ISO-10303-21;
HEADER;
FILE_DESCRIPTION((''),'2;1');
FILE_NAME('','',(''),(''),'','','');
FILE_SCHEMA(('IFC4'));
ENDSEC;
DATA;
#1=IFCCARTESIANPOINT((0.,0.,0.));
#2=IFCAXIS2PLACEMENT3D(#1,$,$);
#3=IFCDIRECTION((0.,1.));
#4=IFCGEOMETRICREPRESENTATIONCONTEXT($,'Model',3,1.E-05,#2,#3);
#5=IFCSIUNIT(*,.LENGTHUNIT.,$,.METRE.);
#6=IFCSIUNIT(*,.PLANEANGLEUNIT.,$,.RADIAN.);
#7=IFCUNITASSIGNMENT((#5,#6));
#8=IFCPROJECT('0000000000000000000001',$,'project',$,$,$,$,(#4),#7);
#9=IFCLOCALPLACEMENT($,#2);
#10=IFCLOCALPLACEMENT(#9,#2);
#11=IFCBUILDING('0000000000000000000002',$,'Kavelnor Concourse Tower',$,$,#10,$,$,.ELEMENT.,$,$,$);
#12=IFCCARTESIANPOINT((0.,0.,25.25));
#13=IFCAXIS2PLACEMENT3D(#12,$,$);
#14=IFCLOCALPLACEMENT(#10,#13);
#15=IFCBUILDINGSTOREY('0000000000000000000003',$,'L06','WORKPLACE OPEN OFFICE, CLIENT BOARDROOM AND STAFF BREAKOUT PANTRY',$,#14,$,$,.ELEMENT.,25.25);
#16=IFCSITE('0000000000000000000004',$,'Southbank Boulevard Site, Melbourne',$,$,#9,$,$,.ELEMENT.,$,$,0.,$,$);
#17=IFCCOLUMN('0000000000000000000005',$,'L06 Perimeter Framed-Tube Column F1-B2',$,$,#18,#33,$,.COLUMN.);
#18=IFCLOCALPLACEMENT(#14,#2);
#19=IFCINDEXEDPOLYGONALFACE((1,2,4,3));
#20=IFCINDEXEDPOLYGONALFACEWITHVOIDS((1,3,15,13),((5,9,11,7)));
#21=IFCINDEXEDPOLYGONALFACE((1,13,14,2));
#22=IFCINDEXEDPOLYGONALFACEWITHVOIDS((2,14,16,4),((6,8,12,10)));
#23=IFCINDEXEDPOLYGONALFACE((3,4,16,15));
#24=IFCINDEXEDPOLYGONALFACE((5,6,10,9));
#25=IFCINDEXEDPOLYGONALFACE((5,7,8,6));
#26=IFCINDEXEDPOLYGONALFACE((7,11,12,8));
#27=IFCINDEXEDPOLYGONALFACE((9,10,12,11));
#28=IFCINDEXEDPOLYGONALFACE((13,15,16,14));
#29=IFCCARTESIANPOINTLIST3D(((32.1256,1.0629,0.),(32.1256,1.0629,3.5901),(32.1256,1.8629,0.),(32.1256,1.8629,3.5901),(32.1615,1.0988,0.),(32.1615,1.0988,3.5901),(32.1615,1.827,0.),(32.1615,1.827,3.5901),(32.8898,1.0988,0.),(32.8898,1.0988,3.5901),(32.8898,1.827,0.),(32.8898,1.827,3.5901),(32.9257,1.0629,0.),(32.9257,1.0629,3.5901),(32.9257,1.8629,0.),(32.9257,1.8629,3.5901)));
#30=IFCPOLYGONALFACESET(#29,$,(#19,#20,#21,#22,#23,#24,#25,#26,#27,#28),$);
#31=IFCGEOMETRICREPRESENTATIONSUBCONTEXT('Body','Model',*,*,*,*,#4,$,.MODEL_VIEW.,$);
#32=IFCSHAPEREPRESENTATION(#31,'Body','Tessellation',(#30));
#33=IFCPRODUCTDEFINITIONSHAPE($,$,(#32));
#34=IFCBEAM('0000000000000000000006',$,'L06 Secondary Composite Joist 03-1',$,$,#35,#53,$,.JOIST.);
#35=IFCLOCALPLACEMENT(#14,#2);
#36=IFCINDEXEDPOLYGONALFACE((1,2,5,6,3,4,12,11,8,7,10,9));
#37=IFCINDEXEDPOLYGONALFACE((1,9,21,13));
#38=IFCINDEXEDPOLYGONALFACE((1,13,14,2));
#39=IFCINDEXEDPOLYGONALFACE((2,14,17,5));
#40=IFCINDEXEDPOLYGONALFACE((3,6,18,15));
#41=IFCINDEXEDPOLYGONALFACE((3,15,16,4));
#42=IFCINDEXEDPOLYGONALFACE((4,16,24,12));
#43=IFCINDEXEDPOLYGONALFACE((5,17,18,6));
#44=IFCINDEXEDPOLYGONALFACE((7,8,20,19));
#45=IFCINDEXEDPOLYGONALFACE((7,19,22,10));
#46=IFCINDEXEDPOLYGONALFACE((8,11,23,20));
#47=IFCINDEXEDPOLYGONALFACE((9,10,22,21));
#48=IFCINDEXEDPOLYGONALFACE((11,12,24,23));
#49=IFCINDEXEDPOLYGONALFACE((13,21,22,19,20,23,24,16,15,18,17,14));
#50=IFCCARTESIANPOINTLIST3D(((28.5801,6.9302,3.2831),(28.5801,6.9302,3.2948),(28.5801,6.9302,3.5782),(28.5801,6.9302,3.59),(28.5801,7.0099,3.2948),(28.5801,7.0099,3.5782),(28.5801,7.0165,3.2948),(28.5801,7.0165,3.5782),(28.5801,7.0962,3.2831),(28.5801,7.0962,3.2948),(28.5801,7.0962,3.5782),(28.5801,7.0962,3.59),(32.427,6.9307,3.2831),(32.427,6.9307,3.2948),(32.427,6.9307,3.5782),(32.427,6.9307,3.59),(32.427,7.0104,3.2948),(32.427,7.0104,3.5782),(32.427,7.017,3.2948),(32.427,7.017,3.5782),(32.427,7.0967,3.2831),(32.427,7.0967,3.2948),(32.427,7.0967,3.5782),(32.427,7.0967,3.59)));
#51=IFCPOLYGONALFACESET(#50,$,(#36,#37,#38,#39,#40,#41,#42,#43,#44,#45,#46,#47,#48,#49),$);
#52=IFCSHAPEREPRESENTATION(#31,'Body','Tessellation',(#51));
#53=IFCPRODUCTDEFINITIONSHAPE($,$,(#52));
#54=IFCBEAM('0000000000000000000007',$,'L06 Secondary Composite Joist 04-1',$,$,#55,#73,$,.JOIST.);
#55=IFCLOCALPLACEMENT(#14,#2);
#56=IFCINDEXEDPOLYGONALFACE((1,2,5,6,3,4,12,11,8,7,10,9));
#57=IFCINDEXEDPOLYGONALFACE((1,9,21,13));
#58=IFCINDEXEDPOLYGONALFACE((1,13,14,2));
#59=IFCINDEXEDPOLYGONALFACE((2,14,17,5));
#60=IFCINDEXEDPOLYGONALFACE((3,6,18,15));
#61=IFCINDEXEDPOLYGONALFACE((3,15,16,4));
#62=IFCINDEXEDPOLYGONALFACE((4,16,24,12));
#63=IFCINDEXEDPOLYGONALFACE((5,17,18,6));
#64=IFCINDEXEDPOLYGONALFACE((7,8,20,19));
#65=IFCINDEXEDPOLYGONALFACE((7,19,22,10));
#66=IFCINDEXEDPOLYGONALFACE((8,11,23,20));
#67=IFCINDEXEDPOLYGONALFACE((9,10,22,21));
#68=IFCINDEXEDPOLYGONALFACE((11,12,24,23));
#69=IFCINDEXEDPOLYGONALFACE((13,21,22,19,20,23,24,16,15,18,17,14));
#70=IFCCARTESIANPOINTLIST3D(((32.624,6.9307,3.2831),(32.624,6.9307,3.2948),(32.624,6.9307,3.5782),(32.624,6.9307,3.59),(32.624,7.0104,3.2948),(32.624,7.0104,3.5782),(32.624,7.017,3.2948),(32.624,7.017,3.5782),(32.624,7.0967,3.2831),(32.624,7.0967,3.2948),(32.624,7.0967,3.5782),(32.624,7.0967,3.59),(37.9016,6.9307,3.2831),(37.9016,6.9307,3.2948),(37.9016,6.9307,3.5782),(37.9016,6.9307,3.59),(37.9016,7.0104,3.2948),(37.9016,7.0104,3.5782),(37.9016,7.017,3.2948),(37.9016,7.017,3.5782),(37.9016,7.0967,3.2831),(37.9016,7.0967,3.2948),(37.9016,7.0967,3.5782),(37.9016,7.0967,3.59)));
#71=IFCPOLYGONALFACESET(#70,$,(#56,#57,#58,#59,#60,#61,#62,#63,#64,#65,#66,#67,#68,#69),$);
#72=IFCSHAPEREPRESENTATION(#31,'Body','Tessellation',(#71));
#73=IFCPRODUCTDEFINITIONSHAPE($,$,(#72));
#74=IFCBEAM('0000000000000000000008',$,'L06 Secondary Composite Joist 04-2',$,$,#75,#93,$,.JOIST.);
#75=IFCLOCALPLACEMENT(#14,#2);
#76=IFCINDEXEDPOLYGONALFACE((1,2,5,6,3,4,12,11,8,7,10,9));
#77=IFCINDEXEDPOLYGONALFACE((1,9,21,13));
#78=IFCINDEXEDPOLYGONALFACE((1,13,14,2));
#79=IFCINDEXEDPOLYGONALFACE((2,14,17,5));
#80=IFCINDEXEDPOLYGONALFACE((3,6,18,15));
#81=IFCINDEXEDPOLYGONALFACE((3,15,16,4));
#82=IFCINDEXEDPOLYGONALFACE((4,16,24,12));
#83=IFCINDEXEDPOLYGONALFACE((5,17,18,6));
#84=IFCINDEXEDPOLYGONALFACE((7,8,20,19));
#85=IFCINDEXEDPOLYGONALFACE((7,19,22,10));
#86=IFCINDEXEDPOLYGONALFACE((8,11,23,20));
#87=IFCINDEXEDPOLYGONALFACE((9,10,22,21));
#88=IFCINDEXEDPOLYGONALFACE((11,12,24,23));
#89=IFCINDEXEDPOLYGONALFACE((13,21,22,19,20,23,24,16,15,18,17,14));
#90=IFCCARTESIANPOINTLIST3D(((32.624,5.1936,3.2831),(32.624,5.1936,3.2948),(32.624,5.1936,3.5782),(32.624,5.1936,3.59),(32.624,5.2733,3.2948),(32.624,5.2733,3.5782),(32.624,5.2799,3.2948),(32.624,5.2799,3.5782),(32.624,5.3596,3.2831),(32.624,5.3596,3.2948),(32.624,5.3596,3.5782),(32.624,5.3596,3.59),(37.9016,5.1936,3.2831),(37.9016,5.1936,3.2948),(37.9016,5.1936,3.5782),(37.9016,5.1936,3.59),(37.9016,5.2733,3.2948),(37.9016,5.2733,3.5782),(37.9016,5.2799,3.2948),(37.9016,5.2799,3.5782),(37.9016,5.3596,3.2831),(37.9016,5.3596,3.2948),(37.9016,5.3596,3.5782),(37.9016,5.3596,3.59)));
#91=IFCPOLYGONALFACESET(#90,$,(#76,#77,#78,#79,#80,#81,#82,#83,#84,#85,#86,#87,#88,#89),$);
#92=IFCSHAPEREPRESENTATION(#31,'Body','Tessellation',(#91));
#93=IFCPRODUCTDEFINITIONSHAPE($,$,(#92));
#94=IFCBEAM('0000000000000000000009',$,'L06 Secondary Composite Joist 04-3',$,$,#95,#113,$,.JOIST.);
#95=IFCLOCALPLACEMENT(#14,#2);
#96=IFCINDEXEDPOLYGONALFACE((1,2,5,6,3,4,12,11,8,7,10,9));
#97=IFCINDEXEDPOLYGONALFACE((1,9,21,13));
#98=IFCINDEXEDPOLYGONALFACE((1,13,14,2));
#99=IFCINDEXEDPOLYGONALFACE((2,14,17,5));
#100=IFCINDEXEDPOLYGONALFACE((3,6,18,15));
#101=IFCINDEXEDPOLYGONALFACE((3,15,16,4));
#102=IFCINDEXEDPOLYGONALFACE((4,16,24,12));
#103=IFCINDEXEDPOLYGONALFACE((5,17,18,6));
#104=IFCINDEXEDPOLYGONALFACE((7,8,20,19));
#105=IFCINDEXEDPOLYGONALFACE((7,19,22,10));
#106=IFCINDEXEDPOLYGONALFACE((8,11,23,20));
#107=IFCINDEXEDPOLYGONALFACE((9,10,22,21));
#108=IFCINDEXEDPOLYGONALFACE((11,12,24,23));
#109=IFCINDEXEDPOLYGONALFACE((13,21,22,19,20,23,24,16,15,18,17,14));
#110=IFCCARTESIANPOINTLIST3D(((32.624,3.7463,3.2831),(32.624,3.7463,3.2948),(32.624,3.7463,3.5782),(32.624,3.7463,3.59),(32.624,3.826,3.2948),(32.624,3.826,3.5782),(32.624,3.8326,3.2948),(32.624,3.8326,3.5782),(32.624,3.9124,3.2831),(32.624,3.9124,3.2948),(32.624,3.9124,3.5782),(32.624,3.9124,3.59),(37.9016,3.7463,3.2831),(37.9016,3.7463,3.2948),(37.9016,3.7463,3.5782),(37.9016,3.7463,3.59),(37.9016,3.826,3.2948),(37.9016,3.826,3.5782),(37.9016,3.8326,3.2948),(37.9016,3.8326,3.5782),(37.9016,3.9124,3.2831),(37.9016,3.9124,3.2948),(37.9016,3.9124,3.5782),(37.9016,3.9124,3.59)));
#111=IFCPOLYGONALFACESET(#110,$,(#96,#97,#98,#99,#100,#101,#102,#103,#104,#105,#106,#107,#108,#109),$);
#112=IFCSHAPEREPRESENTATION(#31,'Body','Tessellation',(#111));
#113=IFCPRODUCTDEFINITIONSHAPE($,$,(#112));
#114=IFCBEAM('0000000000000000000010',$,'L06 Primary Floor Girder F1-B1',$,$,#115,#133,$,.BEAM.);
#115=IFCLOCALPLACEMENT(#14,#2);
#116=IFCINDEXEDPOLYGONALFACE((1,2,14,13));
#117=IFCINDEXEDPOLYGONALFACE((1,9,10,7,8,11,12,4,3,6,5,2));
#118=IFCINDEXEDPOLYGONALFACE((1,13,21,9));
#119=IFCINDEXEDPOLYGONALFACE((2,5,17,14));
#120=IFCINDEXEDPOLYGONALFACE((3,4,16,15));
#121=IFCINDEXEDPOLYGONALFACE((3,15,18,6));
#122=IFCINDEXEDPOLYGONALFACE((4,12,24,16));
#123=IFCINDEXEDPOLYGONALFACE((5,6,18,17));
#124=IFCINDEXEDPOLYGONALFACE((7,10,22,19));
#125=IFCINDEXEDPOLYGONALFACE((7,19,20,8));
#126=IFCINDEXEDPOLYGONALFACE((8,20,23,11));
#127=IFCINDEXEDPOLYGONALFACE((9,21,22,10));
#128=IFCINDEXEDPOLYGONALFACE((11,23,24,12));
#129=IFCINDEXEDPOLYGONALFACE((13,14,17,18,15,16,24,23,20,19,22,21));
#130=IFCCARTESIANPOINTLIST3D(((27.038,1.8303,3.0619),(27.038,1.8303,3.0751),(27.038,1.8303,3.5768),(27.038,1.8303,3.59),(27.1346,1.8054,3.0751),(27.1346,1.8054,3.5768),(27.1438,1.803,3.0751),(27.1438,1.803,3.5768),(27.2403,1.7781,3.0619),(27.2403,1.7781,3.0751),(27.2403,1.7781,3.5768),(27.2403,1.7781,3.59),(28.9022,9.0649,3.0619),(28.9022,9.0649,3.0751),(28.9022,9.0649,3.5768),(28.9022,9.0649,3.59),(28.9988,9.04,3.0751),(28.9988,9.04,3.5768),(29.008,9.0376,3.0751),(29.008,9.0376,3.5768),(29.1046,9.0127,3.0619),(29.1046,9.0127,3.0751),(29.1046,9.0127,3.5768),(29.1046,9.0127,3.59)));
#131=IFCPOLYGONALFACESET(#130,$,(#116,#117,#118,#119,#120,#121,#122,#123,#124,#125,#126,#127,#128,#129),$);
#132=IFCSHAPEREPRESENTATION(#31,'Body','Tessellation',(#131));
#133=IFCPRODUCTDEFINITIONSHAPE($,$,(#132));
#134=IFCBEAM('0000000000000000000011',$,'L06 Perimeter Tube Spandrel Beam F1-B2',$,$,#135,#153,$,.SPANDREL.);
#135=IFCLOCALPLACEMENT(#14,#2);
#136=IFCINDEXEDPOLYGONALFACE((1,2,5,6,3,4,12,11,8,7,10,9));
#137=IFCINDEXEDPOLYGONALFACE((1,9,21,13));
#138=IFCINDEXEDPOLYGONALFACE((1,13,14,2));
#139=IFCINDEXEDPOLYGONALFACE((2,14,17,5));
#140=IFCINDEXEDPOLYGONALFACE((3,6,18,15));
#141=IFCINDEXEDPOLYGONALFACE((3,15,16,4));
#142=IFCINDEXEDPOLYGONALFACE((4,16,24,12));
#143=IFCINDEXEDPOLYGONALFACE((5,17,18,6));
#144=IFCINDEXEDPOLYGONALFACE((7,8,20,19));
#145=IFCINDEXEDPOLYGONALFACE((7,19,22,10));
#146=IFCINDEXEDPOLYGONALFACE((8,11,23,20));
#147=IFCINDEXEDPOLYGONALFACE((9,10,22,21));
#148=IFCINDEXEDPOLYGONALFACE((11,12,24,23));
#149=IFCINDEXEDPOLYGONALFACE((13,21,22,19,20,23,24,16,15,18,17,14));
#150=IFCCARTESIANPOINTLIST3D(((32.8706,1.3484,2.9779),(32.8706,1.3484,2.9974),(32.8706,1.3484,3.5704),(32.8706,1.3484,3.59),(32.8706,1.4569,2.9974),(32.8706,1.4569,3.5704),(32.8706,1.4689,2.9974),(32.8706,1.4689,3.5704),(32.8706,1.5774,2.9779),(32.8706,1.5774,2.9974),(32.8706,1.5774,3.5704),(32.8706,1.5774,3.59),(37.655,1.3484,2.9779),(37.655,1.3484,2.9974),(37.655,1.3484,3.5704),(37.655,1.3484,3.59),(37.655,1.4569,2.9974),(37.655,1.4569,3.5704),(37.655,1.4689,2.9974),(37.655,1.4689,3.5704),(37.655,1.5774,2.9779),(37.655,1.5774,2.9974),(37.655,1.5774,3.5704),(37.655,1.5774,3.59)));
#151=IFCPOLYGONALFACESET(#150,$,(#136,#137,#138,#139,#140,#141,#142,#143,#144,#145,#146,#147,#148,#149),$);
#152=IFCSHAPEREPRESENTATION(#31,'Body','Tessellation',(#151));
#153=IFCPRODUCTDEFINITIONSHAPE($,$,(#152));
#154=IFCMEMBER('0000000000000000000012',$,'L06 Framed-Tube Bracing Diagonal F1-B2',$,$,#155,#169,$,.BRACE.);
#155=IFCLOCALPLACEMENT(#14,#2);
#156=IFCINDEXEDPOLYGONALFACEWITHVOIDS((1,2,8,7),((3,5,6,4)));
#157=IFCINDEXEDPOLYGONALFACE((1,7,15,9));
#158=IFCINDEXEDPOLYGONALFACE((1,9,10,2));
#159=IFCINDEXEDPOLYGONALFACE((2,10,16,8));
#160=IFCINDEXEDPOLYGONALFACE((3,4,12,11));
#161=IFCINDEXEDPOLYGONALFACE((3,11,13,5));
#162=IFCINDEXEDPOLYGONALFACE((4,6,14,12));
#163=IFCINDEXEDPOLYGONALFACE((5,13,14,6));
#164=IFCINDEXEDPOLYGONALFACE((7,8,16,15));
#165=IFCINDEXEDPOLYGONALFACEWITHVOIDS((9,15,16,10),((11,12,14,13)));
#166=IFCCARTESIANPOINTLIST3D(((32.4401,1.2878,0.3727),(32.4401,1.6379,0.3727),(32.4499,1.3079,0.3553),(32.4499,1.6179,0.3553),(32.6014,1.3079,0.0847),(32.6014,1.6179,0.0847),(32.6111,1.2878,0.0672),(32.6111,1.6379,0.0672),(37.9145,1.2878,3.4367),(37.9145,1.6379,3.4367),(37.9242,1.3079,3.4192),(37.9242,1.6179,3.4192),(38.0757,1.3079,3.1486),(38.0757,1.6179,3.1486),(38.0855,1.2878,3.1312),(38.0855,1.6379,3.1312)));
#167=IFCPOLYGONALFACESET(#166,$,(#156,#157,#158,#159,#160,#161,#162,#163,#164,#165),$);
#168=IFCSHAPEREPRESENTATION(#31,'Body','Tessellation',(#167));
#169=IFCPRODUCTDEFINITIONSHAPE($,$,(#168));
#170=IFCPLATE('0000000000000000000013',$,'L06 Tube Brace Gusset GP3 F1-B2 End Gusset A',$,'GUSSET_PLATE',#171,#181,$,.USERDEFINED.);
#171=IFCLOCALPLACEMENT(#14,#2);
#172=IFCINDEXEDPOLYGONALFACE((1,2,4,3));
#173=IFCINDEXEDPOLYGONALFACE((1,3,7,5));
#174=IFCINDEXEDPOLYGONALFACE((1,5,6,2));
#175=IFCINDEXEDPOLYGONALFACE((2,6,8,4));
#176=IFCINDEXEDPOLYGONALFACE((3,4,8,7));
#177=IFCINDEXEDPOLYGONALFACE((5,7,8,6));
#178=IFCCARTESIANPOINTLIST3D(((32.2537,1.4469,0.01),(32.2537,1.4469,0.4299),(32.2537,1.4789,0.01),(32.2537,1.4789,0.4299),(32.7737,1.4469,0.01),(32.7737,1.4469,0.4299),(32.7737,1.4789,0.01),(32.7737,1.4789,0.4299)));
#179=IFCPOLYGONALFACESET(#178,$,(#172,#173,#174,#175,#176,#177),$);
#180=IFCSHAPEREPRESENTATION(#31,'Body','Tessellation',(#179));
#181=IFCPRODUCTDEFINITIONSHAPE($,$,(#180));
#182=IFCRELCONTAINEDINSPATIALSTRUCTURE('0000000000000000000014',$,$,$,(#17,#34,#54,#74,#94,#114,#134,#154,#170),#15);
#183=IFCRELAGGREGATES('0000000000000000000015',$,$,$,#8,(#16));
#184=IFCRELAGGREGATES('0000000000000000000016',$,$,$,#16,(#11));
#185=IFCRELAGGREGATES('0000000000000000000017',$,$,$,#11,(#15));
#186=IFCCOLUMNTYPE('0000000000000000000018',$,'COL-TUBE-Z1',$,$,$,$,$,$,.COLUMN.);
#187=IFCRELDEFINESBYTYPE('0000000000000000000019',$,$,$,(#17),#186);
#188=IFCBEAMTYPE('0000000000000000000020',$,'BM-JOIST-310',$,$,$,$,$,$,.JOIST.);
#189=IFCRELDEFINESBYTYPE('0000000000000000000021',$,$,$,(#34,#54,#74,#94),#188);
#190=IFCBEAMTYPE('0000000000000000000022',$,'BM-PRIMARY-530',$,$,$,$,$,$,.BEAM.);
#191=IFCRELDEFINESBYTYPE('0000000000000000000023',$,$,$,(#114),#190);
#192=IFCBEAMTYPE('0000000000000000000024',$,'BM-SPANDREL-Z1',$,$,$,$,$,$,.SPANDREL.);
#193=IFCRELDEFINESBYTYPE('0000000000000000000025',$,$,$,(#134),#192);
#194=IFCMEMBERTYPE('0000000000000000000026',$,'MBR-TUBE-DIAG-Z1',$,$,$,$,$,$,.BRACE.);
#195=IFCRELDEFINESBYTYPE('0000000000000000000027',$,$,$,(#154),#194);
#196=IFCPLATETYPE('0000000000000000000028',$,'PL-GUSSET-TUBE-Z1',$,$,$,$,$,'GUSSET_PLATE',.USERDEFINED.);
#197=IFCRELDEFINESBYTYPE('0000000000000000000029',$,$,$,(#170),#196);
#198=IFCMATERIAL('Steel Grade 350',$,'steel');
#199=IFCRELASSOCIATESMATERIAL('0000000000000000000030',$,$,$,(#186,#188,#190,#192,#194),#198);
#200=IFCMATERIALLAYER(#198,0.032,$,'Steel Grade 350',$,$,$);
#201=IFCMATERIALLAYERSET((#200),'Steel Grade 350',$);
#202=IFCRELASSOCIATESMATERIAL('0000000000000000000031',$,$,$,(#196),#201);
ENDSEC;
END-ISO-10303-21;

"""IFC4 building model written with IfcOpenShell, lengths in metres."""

from ifc_helpers import new_model, si_unit, direction, frame, origin, origin_2d, place, context, subcontext, project, spatial, rectangle, hollow_rectangle, i_section, extrude, material, layer, layer_set, material_profile, profile_set, type_object, element, save


model = new_model("IFC4")

# Units and contexts
model_context = context("Model", 3, precision=1e-05, world=origin(), true_north=direction((0.0, 1.0)))
body_context = subcontext(model_context, "Body", "Model", "MODEL_VIEW")
ifc_project = project(units=[si_unit("LENGTHUNIT", "METRE"), si_unit("PLANEANGLEUNIT", "RADIAN")], contexts=[model_context])

# Site, building, storey
site_placement = place(None, origin())
site = spatial("IfcSite", under=ifc_project, at=site_placement, Name="Southbank Boulevard Site, Melbourne", CompositionType="ELEMENT", RefElevation=0.0)
building_placement = place(site_placement, origin())
building = spatial("IfcBuilding", under=site, at=building_placement, Name="Kavelnor Concourse Tower", CompositionType="ELEMENT")
storey_placement = place(building_placement, frame((0.0, 0.0, 25.25)))
storey = spatial("IfcBuildingStorey", under=building, at=storey_placement, Name="L06", Description="WORKPLACE OPEN OFFICE, CLIENT BOARDROOM AND STAFF BREAKOUT PANTRY", CompositionType="ELEMENT", Elevation=25.25)

# Column
ifc_material_1 = material(Name="Steel Grade 350", Category="steel")
ifc_material_profile_1 = material_profile(ifc_material_1, hollow_rectangle(XDim=0.8, YDim=0.8, WallThickness=0.0359, at=origin_2d()), Name="SHS 800x800x36")
ifc_profile_set_1 = profile_set([ifc_material_profile_1], Name="Steel Grade 350")
column_type = type_object("IfcColumnType", Name="COL-TUBE-Z1", PredefinedType="COLUMN", material=ifc_profile_set_1)
column_placement = place(storey_placement, frame((32.5256, 1.4629, 0.0), z_axis=(0.0, 0.0, 1.0), x_axis=(1.0, 0.0, 0.0)))
element("IfcColumn", 1, at=column_placement, inside=storey, type_object=column_type, Name="L06 Perimeter Framed-Tube Column F1-B2", PredefinedType="COLUMN", context=body_context, shape_type="SweptSolid", body=[
    extrude(hollow_rectangle(XDim=0.8, YDim=0.8, WallThickness=0.0359, at=origin_2d()), origin(), (0.0, 0.0, 1.0), 3.5901),
])

# Beams
ifc_material_profile_2 = material_profile(ifc_material_1, i_section(OverallWidth=0.166, OverallDepth=0.3069, WebThickness=0.0066, FlangeThickness=0.0117, at=origin_2d()), Name="310UB46")
ifc_profile_set_2 = profile_set([ifc_material_profile_2], Name="Steel Grade 350")
beam_type_1 = type_object("IfcBeamType", Name="BM-JOIST-310", PredefinedType="JOIST", material=ifc_profile_set_2)
beam_1_placement = place(storey_placement, frame((28.5801, 7.0132, 3.4365), z_axis=(1.0, 0.000127, 0.0), x_axis=(-0.000127, 1.0, 0.0)))
element("IfcBeam", 2, at=beam_1_placement, inside=storey, type_object=beam_type_1, Name="L06 Secondary Composite Joist 03-1", PredefinedType="JOIST", context=body_context, shape_type="SweptSolid", body=[
    extrude(i_section(OverallWidth=0.166, OverallDepth=0.3069, WebThickness=0.0066, FlangeThickness=0.0117, at=origin_2d()), origin(), (0.0, 0.0, 1.0), 3.8469),
])
for number, where, z_axis, x_axis, name in (
    (3, (32.624, 7.0137, 3.4365), (1.0, 0.0, 0.0), (0.0, 1.0, 0.0), "L06 Secondary Composite Joist 04-1"),
    (4, (32.624, 5.2766, 3.4365), (1.0, 0.0, 0.0), (0.0, 1.0, 0.0), "L06 Secondary Composite Joist 04-2"),
    (5, (32.624, 3.8293, 3.4365), (1.0, 0.0, 0.0), (0.0, 1.0, 0.0), "L06 Secondary Composite Joist 04-3"),
):
    element("IfcBeam", number, at=place(storey_placement, frame(where, z_axis=z_axis, x_axis=x_axis)), inside=storey, type_object=beam_type_1, Name=name, PredefinedType="JOIST", context=body_context, shape_type="SweptSolid", body=[
        extrude(i_section(OverallWidth=0.166, OverallDepth=0.3069, WebThickness=0.0066, FlangeThickness=0.0117, at=origin_2d()), origin(), (0.0, 0.0, 1.0), 5.2776),
    ])
ifc_material_profile_3 = material_profile(ifc_material_1, i_section(OverallWidth=0.209, OverallDepth=0.5281, WebThickness=0.0095, FlangeThickness=0.0132, at=origin_2d()), Name="530UB82")
ifc_profile_set_3 = profile_set([ifc_material_profile_3], Name="Steel Grade 350")
beam_type_2 = type_object("IfcBeamType", Name="BM-PRIMARY-530", PredefinedType="BEAM", material=ifc_profile_set_3)
beam_2_placement = place(storey_placement, frame((29.0034, 9.0388, 3.3259), z_axis=(-0.249534, -0.968366, 0.0), x_axis=(0.968366, -0.249534, 0.0)))
element("IfcBeam", 6, at=beam_2_placement, inside=storey, type_object=beam_type_2, Name="L06 Primary Floor Girder F1-B1", PredefinedType="BEAM", context=body_context, shape_type="SweptSolid", body=[
    extrude(i_section(OverallWidth=0.209, OverallDepth=0.5281, WebThickness=0.0095, FlangeThickness=0.0132, at=origin_2d()), origin(), (0.0, 0.0, 1.0), 7.4709),
])
ifc_material_profile_4 = material_profile(ifc_material_1, i_section(OverallWidth=0.229, OverallDepth=0.6121, WebThickness=0.012, FlangeThickness=0.0195, at=origin_2d()), Name="610UB125")
ifc_profile_set_4 = profile_set([ifc_material_profile_4], Name="Steel Grade 350")
beam_type_3 = type_object("IfcBeamType", Name="BM-SPANDREL-Z1", PredefinedType="SPANDREL", material=ifc_profile_set_4)
beam_3_placement = place(storey_placement, frame((32.8706, 1.4629, 3.2839), z_axis=(1.0, 0.0, 0.0), x_axis=(0.0, 1.0, 0.0)))
element("IfcBeam", 7, at=beam_3_placement, inside=storey, type_object=beam_type_3, Name="L06 Perimeter Tube Spandrel Beam F1-B2", PredefinedType="SPANDREL", context=body_context, shape_type="SweptSolid", body=[
    extrude(i_section(OverallWidth=0.229, OverallDepth=0.6121, WebThickness=0.012, FlangeThickness=0.0195, at=origin_2d()), origin(), (0.0, 0.0, 1.0), 4.7844),
])

# Member
ifc_material_profile_5 = material_profile(ifc_material_1, hollow_rectangle(XDim=0.3501, YDim=0.3501, WallThickness=0.02, at=origin_2d()), Name="SHS 350x350x20")
ifc_profile_set_5 = profile_set([ifc_material_profile_5], Name="Steel Grade 350")
member_type = type_object("IfcMemberType", Name="MBR-TUBE-DIAG-Z1", PredefinedType="BRACE", material=ifc_profile_set_5)
member_placement = place(storey_placement, frame((32.5256, 1.4629, 0.22), z_axis=(0.87262, 0.0, 0.4884), x_axis=(0.0, 1.0, 0.0)))
element("IfcMember", 8, at=member_placement, inside=storey, type_object=member_type, Name="L06 Framed-Tube Bracing Diagonal F1-B2", PredefinedType="BRACE", context=body_context, shape_type="SweptSolid", body=[
    extrude(hollow_rectangle(XDim=0.3501, YDim=0.3501, WallThickness=0.02, at=origin_2d()), origin(), (0.0, 0.0, 1.0), 6.2734),
])

# Plate
ifc_layer_1 = layer(ifc_material_1, 0.032, Name="Steel Grade 350")
ifc_layer_set_1 = layer_set([ifc_layer_1], Name="Steel Grade 350")
plate_type = type_object("IfcPlateType", Name="PL-GUSSET-TUBE-Z1", ElementType="GUSSET_PLATE", PredefinedType="USERDEFINED", material=ifc_layer_set_1)
plate_placement = place(storey_placement, frame((32.5137, 1.4629, 0.01), z_axis=(0.0, 0.0, 1.0), x_axis=(1.0, 0.0, 0.0)))
element("IfcPlate", 9, at=plate_placement, inside=storey, type_object=plate_type, Name="L06 Tube Brace Gusset GP3 F1-B2 End Gusset A", ObjectType="GUSSET_PLATE", PredefinedType="USERDEFINED", context=body_context, shape_type="SweptSolid", body=[
    extrude(rectangle(XDim=0.52, YDim=0.032, at=origin_2d()), origin(), (0.0, 0.0, 1.0), 0.4199),
])

save(model, "model.ifc")
